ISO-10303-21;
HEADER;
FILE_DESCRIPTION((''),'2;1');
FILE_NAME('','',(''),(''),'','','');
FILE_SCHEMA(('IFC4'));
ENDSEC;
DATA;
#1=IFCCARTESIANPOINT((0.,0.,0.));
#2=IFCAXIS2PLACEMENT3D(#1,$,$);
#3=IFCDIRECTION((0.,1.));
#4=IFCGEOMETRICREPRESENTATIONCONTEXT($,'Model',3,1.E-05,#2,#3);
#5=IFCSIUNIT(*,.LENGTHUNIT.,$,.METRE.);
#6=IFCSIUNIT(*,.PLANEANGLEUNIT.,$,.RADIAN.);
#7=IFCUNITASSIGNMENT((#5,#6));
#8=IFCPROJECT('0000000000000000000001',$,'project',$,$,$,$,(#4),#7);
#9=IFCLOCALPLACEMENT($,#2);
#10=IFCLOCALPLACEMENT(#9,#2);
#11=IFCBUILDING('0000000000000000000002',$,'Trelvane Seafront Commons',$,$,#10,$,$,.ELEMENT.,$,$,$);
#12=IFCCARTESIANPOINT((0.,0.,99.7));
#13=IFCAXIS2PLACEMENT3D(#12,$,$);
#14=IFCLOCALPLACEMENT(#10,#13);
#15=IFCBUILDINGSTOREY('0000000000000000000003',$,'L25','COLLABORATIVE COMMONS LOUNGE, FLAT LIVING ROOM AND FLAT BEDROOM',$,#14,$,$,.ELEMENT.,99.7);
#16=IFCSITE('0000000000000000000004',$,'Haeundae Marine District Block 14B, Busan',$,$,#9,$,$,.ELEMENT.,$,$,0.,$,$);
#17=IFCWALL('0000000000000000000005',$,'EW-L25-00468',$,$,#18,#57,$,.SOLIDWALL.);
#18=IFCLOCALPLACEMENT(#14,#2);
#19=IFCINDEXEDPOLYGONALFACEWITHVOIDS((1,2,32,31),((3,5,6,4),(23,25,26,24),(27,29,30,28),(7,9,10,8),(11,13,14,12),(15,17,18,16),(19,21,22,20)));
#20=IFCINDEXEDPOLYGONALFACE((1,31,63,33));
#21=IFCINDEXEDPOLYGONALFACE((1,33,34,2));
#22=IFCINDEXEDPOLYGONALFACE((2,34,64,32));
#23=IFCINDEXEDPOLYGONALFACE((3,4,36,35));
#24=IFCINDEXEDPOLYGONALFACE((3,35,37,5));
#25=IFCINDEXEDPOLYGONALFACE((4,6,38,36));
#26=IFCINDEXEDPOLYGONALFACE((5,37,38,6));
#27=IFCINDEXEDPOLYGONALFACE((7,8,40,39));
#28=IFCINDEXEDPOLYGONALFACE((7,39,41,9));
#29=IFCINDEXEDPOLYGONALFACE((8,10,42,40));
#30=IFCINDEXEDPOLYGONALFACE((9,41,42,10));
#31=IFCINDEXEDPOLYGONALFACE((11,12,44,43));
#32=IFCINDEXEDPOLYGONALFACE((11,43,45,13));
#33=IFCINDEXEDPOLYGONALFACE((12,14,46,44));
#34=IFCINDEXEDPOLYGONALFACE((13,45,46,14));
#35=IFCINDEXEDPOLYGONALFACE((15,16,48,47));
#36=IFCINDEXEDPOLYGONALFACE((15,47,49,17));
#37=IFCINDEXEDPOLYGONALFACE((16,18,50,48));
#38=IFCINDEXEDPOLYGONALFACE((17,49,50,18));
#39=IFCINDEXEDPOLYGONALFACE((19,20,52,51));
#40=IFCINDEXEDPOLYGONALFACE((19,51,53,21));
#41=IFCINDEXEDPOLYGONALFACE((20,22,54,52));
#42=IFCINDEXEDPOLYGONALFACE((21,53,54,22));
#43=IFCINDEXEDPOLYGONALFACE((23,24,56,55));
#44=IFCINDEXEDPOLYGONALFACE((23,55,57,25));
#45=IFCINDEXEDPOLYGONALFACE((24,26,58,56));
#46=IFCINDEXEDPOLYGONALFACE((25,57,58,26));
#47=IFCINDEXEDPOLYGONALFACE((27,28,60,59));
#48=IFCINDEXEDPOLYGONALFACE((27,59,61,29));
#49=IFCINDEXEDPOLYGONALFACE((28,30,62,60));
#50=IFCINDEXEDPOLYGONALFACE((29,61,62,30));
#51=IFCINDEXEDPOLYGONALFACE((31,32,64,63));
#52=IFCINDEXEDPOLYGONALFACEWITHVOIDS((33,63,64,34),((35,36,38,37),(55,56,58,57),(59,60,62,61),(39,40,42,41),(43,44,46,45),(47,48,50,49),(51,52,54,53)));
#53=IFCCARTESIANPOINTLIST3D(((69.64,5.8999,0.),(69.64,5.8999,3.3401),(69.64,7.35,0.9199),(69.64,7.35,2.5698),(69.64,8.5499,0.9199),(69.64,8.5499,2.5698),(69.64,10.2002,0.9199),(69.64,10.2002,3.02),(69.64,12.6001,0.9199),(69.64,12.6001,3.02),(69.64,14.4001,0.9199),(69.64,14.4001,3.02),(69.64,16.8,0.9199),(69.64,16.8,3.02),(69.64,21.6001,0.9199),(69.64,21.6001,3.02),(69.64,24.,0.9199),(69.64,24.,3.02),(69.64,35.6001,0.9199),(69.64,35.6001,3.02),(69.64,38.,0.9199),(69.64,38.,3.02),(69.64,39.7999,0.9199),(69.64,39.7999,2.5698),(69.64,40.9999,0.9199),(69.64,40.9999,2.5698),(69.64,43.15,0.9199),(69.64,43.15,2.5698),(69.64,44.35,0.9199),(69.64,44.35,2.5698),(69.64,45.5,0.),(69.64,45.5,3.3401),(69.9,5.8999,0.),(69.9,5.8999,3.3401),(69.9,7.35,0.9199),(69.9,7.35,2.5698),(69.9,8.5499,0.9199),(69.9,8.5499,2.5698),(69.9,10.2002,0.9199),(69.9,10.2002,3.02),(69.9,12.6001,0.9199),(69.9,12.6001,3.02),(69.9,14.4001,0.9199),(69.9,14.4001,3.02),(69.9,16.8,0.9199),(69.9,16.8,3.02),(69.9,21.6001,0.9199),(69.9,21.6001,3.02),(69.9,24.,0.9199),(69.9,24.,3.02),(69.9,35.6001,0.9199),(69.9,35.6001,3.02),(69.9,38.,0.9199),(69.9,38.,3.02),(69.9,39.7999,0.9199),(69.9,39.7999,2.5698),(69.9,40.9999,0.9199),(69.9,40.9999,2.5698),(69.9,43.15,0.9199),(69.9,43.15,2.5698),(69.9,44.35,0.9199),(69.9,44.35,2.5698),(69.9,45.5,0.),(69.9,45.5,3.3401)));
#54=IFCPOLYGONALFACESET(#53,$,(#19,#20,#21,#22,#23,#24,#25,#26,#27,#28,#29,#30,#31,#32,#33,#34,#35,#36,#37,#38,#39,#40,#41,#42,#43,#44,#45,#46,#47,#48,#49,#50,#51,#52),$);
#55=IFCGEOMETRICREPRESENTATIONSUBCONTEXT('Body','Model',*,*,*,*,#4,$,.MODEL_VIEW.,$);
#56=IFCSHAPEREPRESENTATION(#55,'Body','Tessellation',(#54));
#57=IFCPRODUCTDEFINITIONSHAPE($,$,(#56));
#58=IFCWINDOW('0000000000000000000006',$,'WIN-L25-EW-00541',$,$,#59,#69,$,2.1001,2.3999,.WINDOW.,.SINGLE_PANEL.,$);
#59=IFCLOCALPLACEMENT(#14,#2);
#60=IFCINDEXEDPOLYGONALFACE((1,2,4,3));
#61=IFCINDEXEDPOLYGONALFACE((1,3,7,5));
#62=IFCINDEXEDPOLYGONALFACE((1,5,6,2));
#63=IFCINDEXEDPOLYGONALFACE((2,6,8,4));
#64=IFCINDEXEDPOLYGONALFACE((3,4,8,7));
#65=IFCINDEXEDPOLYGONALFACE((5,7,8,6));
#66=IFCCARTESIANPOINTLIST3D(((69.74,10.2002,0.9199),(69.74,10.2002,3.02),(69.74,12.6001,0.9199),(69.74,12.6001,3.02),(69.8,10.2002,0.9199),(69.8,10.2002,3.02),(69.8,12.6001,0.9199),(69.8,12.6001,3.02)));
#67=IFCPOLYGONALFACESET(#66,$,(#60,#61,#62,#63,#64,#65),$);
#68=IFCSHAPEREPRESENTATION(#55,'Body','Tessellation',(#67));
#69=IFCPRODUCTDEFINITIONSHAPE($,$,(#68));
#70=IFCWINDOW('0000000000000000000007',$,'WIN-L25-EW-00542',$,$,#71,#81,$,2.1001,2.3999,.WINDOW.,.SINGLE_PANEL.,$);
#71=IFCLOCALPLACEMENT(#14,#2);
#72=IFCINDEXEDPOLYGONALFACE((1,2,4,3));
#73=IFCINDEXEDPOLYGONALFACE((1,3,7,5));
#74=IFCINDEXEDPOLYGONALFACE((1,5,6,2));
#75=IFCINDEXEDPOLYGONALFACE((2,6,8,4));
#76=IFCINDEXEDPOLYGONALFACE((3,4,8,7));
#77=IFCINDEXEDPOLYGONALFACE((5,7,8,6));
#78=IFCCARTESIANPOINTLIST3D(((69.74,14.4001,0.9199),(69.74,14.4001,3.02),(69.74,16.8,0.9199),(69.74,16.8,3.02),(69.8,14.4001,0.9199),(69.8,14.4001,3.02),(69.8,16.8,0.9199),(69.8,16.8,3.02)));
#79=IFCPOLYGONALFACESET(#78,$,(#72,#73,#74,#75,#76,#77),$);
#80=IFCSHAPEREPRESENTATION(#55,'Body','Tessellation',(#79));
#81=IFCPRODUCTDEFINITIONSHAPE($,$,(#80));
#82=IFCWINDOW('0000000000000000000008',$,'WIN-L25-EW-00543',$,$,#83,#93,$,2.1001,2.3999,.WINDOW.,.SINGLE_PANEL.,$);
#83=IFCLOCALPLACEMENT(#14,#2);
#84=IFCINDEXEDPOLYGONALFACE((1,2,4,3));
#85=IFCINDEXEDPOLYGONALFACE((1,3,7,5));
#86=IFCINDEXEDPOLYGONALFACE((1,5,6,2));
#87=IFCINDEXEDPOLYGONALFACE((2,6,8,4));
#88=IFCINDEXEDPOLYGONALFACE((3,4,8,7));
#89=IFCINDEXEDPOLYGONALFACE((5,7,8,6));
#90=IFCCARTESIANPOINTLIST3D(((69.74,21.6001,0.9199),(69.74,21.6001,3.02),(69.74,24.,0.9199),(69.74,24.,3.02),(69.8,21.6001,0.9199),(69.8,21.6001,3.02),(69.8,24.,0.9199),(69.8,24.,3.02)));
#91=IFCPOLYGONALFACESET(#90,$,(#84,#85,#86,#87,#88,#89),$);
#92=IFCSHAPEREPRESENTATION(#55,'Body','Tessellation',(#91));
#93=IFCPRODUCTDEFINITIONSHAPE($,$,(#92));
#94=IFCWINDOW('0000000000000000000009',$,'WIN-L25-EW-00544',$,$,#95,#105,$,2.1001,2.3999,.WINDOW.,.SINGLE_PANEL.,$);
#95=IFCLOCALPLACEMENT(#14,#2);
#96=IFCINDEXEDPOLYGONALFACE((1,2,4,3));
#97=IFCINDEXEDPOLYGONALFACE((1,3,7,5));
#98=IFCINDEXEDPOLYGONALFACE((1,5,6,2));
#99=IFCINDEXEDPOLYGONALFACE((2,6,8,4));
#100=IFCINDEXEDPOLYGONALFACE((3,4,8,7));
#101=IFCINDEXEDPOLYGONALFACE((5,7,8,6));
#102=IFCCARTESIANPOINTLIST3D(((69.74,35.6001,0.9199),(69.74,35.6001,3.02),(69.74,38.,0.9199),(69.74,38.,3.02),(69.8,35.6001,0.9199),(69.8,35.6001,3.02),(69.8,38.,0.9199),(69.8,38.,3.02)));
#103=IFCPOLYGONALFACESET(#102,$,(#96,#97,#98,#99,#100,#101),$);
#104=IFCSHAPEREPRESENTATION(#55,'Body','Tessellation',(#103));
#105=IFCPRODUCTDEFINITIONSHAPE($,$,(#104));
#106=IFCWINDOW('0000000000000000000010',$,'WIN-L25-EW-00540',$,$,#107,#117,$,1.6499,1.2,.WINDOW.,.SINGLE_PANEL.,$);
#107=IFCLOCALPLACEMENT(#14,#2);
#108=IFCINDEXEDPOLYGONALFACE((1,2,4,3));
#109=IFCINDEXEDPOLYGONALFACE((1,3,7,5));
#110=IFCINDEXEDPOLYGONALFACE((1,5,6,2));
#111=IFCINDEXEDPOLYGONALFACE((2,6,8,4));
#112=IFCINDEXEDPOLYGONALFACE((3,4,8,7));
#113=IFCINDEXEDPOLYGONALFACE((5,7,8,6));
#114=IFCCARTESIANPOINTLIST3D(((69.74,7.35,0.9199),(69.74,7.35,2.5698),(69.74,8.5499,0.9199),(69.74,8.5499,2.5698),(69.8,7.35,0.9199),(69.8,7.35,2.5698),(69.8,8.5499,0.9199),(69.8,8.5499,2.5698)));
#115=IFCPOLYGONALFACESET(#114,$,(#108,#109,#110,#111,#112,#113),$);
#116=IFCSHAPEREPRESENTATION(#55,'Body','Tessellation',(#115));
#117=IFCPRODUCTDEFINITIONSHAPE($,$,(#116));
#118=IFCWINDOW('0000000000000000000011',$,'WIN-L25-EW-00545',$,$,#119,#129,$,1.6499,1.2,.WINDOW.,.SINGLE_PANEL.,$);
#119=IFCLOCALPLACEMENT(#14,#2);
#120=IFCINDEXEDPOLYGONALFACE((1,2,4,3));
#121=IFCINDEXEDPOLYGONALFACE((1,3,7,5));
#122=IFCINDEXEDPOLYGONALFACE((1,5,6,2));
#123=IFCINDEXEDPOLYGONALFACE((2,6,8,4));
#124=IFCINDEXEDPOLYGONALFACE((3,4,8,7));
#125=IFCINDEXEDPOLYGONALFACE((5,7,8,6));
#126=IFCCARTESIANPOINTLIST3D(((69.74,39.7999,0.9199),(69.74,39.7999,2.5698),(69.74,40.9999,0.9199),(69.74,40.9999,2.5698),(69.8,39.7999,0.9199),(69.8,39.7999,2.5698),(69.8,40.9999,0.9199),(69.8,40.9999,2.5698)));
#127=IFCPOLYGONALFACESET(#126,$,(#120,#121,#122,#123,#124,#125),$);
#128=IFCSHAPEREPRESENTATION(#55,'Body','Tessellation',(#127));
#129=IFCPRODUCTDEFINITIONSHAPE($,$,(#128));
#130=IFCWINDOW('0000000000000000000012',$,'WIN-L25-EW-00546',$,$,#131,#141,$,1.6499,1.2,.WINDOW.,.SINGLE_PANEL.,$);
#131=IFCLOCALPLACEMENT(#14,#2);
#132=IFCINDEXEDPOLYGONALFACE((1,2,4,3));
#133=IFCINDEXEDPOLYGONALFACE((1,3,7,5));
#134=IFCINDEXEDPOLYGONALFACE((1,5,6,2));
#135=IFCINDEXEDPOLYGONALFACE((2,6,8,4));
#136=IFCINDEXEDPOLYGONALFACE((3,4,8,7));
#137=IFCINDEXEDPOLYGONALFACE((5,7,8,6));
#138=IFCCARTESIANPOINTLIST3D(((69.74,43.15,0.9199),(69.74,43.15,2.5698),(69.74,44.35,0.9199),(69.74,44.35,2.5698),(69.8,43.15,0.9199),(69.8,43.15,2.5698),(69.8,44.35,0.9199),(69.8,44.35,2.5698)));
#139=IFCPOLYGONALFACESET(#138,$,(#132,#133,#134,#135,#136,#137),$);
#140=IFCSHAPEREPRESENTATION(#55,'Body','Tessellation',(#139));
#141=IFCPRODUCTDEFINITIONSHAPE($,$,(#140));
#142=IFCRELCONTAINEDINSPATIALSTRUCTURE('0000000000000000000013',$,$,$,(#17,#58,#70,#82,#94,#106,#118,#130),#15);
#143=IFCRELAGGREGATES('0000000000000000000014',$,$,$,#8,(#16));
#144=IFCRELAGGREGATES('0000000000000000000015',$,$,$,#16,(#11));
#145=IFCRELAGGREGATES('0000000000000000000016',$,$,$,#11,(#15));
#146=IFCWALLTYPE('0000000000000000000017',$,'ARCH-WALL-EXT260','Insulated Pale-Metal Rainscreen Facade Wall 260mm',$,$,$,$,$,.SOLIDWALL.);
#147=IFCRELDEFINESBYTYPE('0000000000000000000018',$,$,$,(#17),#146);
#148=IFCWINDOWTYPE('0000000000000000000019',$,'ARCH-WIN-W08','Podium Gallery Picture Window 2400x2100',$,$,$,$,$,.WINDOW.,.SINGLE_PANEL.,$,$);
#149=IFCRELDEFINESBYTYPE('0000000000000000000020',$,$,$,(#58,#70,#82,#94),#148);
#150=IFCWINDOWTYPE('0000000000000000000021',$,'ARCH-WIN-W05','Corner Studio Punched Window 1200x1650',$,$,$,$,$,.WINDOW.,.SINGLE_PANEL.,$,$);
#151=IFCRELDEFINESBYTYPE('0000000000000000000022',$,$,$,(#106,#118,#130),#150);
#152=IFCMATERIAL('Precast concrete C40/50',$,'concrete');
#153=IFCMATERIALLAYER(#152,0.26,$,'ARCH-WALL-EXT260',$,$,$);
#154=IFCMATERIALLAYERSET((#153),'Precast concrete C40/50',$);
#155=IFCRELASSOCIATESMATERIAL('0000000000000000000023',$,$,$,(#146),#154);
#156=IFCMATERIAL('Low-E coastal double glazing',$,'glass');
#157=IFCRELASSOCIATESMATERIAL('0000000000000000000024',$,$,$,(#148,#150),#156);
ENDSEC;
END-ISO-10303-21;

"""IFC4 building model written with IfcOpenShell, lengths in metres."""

from ifc_helpers import new_model, si_unit, direction, frame, frame_2d, origin, place, context, subcontext, project, spatial, rectangle, extrude, source, transform, mapped, material, layer, layer_set, type_object, element, fill, save


model = new_model("IFC4")

# Units and contexts
model_context = context("Model", 3, precision=1e-05, world=origin(), true_north=direction((0.0, 1.0)))
body_context = subcontext(model_context, "Body", "Model", "MODEL_VIEW")
ifc_project = project(units=[si_unit("LENGTHUNIT", "METRE"), si_unit("PLANEANGLEUNIT", "RADIAN")], contexts=[model_context])

# Site, building, storey
site_placement = place(None, origin())
site = spatial("IfcSite", under=ifc_project, at=site_placement, Name="Haeundae Marine District Block 14B, Busan", CompositionType="ELEMENT", RefElevation=0.0)
building_placement = place(site_placement, origin())
building = spatial("IfcBuilding", under=site, at=building_placement, Name="Trelvane Seafront Commons", CompositionType="ELEMENT")
storey_placement = place(building_placement, frame((0.0, 0.0, 99.7)))
storey = spatial("IfcBuildingStorey", under=building, at=storey_placement, Name="L25", Description="COLLABORATIVE COMMONS LOUNGE, FLAT LIVING ROOM AND FLAT BEDROOM", CompositionType="ELEMENT", Elevation=99.7)

# Shared definitions
ifc_material_1 = material(Name="Low-E coastal double glazing", Category="glass")

# Shared definitions
ifc_material_2 = material(Name="Precast concrete C40/50", Category="concrete")
ifc_layer_1 = layer(ifc_material_2, 0.26, Name="ARCH-WALL-EXT260")
ifc_layer_set_1 = layer_set([ifc_layer_1], Name="Precast concrete C40/50")
wall_type = type_object("IfcWallType", Name="ARCH-WALL-EXT260", Description="Insulated Pale-Metal Rainscreen Facade Wall 260mm", PredefinedType="SOLIDWALL", material=ifc_layer_set_1)

# Wall, openings, windows
wall_1_placement = place(storey_placement, frame((69.77, 45.5, 0.0), z_axis=(0.0, 0.0, 1.0), x_axis=(0.0, -1.0, 0.0)))
wall_1 = element("IfcWall", 1, at=wall_1_placement, inside=storey, type_object=wall_type, Name="EW-L25-00468", PredefinedType="SOLIDWALL", context=body_context, shape_type="SweptSolid", body=[
    extrude(rectangle(XDim=39.6001, YDim=0.26, at=frame_2d((19.8, 0.0))), origin(), (0.0, 0.0, 1.0), 3.3401),
])
opening_1_placement = place(wall_1_placement, frame((36.95, 0.0, 0.9199)))
opening_1 = element("IfcOpeningElement", 2, at=opening_1_placement, cuts=wall_1, PredefinedType="OPENING", context=body_context, shape_type="SweptSolid", body=[
    extrude(rectangle(XDim=1.2, YDim=1.6499, at=frame_2d((0.6001, 0.825))), frame((0.0, 0.1399, 0.0), z_axis=(0.0, -1.0, 0.0), x_axis=(1.0, 0.0, 0.0)), (0.0, 0.0, 1.0), 0.28),
])
opening_2_placement = place(wall_1_placement, frame((32.8999, 0.0, 0.9199)))
opening_2 = element("IfcOpeningElement", 3, at=opening_2_placement, cuts=wall_1, PredefinedType="OPENING", context=body_context, shape_type="SweptSolid", body=[
    extrude(rectangle(XDim=2.3999, YDim=2.1001, at=frame_2d((1.2, 1.05))), frame((0.0, 0.1399, 0.0), z_axis=(0.0, -1.0, 0.0), x_axis=(1.0, 0.0, 0.0)), (0.0, 0.0, 1.0), 0.28),
])
opening_3_placement = place(wall_1_placement, frame((28.7, 0.0, 0.9199)))
opening_3 = element("IfcOpeningElement", 4, at=opening_3_placement, cuts=wall_1, PredefinedType="OPENING", context=body_context, shape_type="SweptSolid", body=[
    extrude(rectangle(XDim=2.3999, YDim=2.1001, at=frame_2d((1.2, 1.05))), frame((0.0, 0.1399, 0.0), z_axis=(0.0, -1.0, 0.0), x_axis=(1.0, 0.0, 0.0)), (0.0, 0.0, 1.0), 0.28),
])
opening_4_placement = place(wall_1_placement, frame((21.5, 0.0, 0.9199)))
opening_4 = element("IfcOpeningElement", 5, at=opening_4_placement, cuts=wall_1, PredefinedType="OPENING", context=body_context, shape_type="SweptSolid", body=[
    extrude(rectangle(XDim=2.3999, YDim=2.1001, at=frame_2d((1.2, 1.05))), frame((0.0, 0.1399, 0.0), z_axis=(0.0, -1.0, 0.0), x_axis=(1.0, 0.0, 0.0)), (0.0, 0.0, 1.0), 0.28),
])
opening_5_placement = place(wall_1_placement, frame((7.5, 0.0, 0.9199)))
opening_5 = element("IfcOpeningElement", 6, at=opening_5_placement, cuts=wall_1, PredefinedType="OPENING", context=body_context, shape_type="SweptSolid", body=[
    extrude(rectangle(XDim=2.3999, YDim=2.1001, at=frame_2d((1.2, 1.05))), frame((0.0, 0.1399, 0.0), z_axis=(0.0, -1.0, 0.0), x_axis=(1.0, 0.0, 0.0)), (0.0, 0.0, 1.0), 0.28),
])
opening_6_placement = place(wall_1_placement, frame((4.5, 0.0, 0.9199)))
opening_6 = element("IfcOpeningElement", 7, at=opening_6_placement, cuts=wall_1, PredefinedType="OPENING", context=body_context, shape_type="SweptSolid", body=[
    extrude(rectangle(XDim=1.2, YDim=1.6499, at=frame_2d((0.6001, 0.825))), frame((0.0, 0.1399, 0.0), z_axis=(0.0, -1.0, 0.0), x_axis=(1.0, 0.0, 0.0)), (0.0, 0.0, 1.0), 0.28),
])
opening_7_placement = place(wall_1_placement, frame((1.1499, 0.0, 0.9199)))
opening_7 = element("IfcOpeningElement", 8, at=opening_7_placement, cuts=wall_1, PredefinedType="OPENING", context=body_context, shape_type="SweptSolid", body=[
    extrude(rectangle(XDim=1.2, YDim=1.6499, at=frame_2d((0.6001, 0.825))), frame((0.0, 0.1399, 0.0), z_axis=(0.0, -1.0, 0.0), x_axis=(1.0, 0.0, 0.0)), (0.0, 0.0, 1.0), 0.28),
])
window_type_1 = type_object("IfcWindowType", Name="ARCH-WIN-W08", Description="Podium Gallery Picture Window 2400x2100", PartitioningType="SINGLE_PANEL", PredefinedType="WINDOW", material=ifc_material_1)
shared_shape_1 = source(origin(), body_context, "Body", "SweptSolid", [
    extrude(rectangle(XDim=2.3999, YDim=2.1001, at=frame_2d((1.2, 1.05))), frame((0.0, 0.03, 0.0), z_axis=(0.0, -1.0, 0.0), x_axis=(1.0, 0.0, 0.0)), (0.0, 0.0, 1.0), 0.0601),
])
window_1_placement = place(opening_2_placement, origin())
window_1 = element("IfcWindow", 9, at=window_1_placement, inside=storey, type_object=window_type_1, Name="WIN-L25-EW-00541", OverallHeight=2.1001, OverallWidth=2.3999, PartitioningType="SINGLE_PANEL", PredefinedType="WINDOW", context=body_context, shape_type="MappedRepresentation", body=[
    mapped(shared_shape_1, transform((0.0, 0.0, 0.0), x_axis=(1.0, 0.0, 0.0), y_axis=(0.0, 1.0, 0.0), z_axis=(0.0, 0.0, 1.0), scale=1.0)),
])
fill(opening_2, window_1)
window_2_placement = place(opening_3_placement, origin())
window_2 = element("IfcWindow", 10, at=window_2_placement, inside=storey, type_object=window_type_1, Name="WIN-L25-EW-00542", OverallHeight=2.1001, OverallWidth=2.3999, PartitioningType="SINGLE_PANEL", PredefinedType="WINDOW", context=body_context, shape_type="MappedRepresentation", body=[
    mapped(shared_shape_1, transform((0.0, 0.0, 0.0), x_axis=(1.0, 0.0, 0.0), y_axis=(0.0, 1.0, 0.0), z_axis=(0.0, 0.0, 1.0), scale=1.0)),
])
fill(opening_3, window_2)
window_3_placement = place(opening_4_placement, origin())
window_3 = element("IfcWindow", 11, at=window_3_placement, inside=storey, type_object=window_type_1, Name="WIN-L25-EW-00543", OverallHeight=2.1001, OverallWidth=2.3999, PartitioningType="SINGLE_PANEL", PredefinedType="WINDOW", context=body_context, shape_type="MappedRepresentation", body=[
    mapped(shared_shape_1, transform((0.0, 0.0, 0.0), x_axis=(1.0, 0.0, 0.0), y_axis=(0.0, 1.0, 0.0), z_axis=(0.0, 0.0, 1.0), scale=1.0)),
])
fill(opening_4, window_3)
window_4_placement = place(opening_5_placement, origin())
window_4 = element("IfcWindow", 12, at=window_4_placement, inside=storey, type_object=window_type_1, Name="WIN-L25-EW-00544", OverallHeight=2.1001, OverallWidth=2.3999, PartitioningType="SINGLE_PANEL", PredefinedType="WINDOW", context=body_context, shape_type="MappedRepresentation", body=[
    mapped(shared_shape_1, transform((0.0, 0.0, 0.0), x_axis=(1.0, 0.0, 0.0), y_axis=(0.0, 1.0, 0.0), z_axis=(0.0, 0.0, 1.0), scale=1.0)),
])
fill(opening_5, window_4)
window_type_2 = type_object("IfcWindowType", Name="ARCH-WIN-W05", Description="Corner Studio Punched Window 1200x1650", PartitioningType="SINGLE_PANEL", PredefinedType="WINDOW", material=ifc_material_1)
shared_shape_2 = source(origin(), body_context, "Body", "SweptSolid", [
    extrude(rectangle(XDim=1.2, YDim=1.6499, at=frame_2d((0.6001, 0.825))), frame((0.0, 0.03, 0.0), z_axis=(0.0, -1.0, 0.0), x_axis=(1.0, 0.0, 0.0)), (0.0, 0.0, 1.0), 0.0601),
])
window_5_placement = place(opening_1_placement, origin())
window_5 = element("IfcWindow", 13, at=window_5_placement, inside=storey, type_object=window_type_2, Name="WIN-L25-EW-00540", OverallHeight=1.6499, OverallWidth=1.2, PartitioningType="SINGLE_PANEL", PredefinedType="WINDOW", context=body_context, shape_type="MappedRepresentation", body=[
    mapped(shared_shape_2, transform((0.0, 0.0, 0.0), x_axis=(1.0, 0.0, 0.0), y_axis=(0.0, 1.0, 0.0), z_axis=(0.0, 0.0, 1.0), scale=1.0)),
])
fill(opening_1, window_5)
window_6_placement = place(opening_6_placement, origin())
window_6 = element("IfcWindow", 14, at=window_6_placement, inside=storey, type_object=window_type_2, Name="WIN-L25-EW-00545", OverallHeight=1.6499, OverallWidth=1.2, PartitioningType="SINGLE_PANEL", PredefinedType="WINDOW", context=body_context, shape_type="MappedRepresentation", body=[
    mapped(shared_shape_2, transform((0.0, 0.0, 0.0), x_axis=(1.0, 0.0, 0.0), y_axis=(0.0, 1.0, 0.0), z_axis=(0.0, 0.0, 1.0), scale=1.0)),
])
fill(opening_6, window_6)
window_7_placement = place(opening_7_placement, origin())
window_7 = element("IfcWindow", 15, at=window_7_placement, inside=storey, type_object=window_type_2, Name="WIN-L25-EW-00546", OverallHeight=1.6499, OverallWidth=1.2, PartitioningType="SINGLE_PANEL", PredefinedType="WINDOW", context=body_context, shape_type="MappedRepresentation", body=[
    mapped(shared_shape_2, transform((0.0, 0.0, 0.0), x_axis=(1.0, 0.0, 0.0), y_axis=(0.0, 1.0, 0.0), z_axis=(0.0, 0.0, 1.0), scale=1.0)),
])
fill(opening_7, window_7)

save(model, "model.ifc")
